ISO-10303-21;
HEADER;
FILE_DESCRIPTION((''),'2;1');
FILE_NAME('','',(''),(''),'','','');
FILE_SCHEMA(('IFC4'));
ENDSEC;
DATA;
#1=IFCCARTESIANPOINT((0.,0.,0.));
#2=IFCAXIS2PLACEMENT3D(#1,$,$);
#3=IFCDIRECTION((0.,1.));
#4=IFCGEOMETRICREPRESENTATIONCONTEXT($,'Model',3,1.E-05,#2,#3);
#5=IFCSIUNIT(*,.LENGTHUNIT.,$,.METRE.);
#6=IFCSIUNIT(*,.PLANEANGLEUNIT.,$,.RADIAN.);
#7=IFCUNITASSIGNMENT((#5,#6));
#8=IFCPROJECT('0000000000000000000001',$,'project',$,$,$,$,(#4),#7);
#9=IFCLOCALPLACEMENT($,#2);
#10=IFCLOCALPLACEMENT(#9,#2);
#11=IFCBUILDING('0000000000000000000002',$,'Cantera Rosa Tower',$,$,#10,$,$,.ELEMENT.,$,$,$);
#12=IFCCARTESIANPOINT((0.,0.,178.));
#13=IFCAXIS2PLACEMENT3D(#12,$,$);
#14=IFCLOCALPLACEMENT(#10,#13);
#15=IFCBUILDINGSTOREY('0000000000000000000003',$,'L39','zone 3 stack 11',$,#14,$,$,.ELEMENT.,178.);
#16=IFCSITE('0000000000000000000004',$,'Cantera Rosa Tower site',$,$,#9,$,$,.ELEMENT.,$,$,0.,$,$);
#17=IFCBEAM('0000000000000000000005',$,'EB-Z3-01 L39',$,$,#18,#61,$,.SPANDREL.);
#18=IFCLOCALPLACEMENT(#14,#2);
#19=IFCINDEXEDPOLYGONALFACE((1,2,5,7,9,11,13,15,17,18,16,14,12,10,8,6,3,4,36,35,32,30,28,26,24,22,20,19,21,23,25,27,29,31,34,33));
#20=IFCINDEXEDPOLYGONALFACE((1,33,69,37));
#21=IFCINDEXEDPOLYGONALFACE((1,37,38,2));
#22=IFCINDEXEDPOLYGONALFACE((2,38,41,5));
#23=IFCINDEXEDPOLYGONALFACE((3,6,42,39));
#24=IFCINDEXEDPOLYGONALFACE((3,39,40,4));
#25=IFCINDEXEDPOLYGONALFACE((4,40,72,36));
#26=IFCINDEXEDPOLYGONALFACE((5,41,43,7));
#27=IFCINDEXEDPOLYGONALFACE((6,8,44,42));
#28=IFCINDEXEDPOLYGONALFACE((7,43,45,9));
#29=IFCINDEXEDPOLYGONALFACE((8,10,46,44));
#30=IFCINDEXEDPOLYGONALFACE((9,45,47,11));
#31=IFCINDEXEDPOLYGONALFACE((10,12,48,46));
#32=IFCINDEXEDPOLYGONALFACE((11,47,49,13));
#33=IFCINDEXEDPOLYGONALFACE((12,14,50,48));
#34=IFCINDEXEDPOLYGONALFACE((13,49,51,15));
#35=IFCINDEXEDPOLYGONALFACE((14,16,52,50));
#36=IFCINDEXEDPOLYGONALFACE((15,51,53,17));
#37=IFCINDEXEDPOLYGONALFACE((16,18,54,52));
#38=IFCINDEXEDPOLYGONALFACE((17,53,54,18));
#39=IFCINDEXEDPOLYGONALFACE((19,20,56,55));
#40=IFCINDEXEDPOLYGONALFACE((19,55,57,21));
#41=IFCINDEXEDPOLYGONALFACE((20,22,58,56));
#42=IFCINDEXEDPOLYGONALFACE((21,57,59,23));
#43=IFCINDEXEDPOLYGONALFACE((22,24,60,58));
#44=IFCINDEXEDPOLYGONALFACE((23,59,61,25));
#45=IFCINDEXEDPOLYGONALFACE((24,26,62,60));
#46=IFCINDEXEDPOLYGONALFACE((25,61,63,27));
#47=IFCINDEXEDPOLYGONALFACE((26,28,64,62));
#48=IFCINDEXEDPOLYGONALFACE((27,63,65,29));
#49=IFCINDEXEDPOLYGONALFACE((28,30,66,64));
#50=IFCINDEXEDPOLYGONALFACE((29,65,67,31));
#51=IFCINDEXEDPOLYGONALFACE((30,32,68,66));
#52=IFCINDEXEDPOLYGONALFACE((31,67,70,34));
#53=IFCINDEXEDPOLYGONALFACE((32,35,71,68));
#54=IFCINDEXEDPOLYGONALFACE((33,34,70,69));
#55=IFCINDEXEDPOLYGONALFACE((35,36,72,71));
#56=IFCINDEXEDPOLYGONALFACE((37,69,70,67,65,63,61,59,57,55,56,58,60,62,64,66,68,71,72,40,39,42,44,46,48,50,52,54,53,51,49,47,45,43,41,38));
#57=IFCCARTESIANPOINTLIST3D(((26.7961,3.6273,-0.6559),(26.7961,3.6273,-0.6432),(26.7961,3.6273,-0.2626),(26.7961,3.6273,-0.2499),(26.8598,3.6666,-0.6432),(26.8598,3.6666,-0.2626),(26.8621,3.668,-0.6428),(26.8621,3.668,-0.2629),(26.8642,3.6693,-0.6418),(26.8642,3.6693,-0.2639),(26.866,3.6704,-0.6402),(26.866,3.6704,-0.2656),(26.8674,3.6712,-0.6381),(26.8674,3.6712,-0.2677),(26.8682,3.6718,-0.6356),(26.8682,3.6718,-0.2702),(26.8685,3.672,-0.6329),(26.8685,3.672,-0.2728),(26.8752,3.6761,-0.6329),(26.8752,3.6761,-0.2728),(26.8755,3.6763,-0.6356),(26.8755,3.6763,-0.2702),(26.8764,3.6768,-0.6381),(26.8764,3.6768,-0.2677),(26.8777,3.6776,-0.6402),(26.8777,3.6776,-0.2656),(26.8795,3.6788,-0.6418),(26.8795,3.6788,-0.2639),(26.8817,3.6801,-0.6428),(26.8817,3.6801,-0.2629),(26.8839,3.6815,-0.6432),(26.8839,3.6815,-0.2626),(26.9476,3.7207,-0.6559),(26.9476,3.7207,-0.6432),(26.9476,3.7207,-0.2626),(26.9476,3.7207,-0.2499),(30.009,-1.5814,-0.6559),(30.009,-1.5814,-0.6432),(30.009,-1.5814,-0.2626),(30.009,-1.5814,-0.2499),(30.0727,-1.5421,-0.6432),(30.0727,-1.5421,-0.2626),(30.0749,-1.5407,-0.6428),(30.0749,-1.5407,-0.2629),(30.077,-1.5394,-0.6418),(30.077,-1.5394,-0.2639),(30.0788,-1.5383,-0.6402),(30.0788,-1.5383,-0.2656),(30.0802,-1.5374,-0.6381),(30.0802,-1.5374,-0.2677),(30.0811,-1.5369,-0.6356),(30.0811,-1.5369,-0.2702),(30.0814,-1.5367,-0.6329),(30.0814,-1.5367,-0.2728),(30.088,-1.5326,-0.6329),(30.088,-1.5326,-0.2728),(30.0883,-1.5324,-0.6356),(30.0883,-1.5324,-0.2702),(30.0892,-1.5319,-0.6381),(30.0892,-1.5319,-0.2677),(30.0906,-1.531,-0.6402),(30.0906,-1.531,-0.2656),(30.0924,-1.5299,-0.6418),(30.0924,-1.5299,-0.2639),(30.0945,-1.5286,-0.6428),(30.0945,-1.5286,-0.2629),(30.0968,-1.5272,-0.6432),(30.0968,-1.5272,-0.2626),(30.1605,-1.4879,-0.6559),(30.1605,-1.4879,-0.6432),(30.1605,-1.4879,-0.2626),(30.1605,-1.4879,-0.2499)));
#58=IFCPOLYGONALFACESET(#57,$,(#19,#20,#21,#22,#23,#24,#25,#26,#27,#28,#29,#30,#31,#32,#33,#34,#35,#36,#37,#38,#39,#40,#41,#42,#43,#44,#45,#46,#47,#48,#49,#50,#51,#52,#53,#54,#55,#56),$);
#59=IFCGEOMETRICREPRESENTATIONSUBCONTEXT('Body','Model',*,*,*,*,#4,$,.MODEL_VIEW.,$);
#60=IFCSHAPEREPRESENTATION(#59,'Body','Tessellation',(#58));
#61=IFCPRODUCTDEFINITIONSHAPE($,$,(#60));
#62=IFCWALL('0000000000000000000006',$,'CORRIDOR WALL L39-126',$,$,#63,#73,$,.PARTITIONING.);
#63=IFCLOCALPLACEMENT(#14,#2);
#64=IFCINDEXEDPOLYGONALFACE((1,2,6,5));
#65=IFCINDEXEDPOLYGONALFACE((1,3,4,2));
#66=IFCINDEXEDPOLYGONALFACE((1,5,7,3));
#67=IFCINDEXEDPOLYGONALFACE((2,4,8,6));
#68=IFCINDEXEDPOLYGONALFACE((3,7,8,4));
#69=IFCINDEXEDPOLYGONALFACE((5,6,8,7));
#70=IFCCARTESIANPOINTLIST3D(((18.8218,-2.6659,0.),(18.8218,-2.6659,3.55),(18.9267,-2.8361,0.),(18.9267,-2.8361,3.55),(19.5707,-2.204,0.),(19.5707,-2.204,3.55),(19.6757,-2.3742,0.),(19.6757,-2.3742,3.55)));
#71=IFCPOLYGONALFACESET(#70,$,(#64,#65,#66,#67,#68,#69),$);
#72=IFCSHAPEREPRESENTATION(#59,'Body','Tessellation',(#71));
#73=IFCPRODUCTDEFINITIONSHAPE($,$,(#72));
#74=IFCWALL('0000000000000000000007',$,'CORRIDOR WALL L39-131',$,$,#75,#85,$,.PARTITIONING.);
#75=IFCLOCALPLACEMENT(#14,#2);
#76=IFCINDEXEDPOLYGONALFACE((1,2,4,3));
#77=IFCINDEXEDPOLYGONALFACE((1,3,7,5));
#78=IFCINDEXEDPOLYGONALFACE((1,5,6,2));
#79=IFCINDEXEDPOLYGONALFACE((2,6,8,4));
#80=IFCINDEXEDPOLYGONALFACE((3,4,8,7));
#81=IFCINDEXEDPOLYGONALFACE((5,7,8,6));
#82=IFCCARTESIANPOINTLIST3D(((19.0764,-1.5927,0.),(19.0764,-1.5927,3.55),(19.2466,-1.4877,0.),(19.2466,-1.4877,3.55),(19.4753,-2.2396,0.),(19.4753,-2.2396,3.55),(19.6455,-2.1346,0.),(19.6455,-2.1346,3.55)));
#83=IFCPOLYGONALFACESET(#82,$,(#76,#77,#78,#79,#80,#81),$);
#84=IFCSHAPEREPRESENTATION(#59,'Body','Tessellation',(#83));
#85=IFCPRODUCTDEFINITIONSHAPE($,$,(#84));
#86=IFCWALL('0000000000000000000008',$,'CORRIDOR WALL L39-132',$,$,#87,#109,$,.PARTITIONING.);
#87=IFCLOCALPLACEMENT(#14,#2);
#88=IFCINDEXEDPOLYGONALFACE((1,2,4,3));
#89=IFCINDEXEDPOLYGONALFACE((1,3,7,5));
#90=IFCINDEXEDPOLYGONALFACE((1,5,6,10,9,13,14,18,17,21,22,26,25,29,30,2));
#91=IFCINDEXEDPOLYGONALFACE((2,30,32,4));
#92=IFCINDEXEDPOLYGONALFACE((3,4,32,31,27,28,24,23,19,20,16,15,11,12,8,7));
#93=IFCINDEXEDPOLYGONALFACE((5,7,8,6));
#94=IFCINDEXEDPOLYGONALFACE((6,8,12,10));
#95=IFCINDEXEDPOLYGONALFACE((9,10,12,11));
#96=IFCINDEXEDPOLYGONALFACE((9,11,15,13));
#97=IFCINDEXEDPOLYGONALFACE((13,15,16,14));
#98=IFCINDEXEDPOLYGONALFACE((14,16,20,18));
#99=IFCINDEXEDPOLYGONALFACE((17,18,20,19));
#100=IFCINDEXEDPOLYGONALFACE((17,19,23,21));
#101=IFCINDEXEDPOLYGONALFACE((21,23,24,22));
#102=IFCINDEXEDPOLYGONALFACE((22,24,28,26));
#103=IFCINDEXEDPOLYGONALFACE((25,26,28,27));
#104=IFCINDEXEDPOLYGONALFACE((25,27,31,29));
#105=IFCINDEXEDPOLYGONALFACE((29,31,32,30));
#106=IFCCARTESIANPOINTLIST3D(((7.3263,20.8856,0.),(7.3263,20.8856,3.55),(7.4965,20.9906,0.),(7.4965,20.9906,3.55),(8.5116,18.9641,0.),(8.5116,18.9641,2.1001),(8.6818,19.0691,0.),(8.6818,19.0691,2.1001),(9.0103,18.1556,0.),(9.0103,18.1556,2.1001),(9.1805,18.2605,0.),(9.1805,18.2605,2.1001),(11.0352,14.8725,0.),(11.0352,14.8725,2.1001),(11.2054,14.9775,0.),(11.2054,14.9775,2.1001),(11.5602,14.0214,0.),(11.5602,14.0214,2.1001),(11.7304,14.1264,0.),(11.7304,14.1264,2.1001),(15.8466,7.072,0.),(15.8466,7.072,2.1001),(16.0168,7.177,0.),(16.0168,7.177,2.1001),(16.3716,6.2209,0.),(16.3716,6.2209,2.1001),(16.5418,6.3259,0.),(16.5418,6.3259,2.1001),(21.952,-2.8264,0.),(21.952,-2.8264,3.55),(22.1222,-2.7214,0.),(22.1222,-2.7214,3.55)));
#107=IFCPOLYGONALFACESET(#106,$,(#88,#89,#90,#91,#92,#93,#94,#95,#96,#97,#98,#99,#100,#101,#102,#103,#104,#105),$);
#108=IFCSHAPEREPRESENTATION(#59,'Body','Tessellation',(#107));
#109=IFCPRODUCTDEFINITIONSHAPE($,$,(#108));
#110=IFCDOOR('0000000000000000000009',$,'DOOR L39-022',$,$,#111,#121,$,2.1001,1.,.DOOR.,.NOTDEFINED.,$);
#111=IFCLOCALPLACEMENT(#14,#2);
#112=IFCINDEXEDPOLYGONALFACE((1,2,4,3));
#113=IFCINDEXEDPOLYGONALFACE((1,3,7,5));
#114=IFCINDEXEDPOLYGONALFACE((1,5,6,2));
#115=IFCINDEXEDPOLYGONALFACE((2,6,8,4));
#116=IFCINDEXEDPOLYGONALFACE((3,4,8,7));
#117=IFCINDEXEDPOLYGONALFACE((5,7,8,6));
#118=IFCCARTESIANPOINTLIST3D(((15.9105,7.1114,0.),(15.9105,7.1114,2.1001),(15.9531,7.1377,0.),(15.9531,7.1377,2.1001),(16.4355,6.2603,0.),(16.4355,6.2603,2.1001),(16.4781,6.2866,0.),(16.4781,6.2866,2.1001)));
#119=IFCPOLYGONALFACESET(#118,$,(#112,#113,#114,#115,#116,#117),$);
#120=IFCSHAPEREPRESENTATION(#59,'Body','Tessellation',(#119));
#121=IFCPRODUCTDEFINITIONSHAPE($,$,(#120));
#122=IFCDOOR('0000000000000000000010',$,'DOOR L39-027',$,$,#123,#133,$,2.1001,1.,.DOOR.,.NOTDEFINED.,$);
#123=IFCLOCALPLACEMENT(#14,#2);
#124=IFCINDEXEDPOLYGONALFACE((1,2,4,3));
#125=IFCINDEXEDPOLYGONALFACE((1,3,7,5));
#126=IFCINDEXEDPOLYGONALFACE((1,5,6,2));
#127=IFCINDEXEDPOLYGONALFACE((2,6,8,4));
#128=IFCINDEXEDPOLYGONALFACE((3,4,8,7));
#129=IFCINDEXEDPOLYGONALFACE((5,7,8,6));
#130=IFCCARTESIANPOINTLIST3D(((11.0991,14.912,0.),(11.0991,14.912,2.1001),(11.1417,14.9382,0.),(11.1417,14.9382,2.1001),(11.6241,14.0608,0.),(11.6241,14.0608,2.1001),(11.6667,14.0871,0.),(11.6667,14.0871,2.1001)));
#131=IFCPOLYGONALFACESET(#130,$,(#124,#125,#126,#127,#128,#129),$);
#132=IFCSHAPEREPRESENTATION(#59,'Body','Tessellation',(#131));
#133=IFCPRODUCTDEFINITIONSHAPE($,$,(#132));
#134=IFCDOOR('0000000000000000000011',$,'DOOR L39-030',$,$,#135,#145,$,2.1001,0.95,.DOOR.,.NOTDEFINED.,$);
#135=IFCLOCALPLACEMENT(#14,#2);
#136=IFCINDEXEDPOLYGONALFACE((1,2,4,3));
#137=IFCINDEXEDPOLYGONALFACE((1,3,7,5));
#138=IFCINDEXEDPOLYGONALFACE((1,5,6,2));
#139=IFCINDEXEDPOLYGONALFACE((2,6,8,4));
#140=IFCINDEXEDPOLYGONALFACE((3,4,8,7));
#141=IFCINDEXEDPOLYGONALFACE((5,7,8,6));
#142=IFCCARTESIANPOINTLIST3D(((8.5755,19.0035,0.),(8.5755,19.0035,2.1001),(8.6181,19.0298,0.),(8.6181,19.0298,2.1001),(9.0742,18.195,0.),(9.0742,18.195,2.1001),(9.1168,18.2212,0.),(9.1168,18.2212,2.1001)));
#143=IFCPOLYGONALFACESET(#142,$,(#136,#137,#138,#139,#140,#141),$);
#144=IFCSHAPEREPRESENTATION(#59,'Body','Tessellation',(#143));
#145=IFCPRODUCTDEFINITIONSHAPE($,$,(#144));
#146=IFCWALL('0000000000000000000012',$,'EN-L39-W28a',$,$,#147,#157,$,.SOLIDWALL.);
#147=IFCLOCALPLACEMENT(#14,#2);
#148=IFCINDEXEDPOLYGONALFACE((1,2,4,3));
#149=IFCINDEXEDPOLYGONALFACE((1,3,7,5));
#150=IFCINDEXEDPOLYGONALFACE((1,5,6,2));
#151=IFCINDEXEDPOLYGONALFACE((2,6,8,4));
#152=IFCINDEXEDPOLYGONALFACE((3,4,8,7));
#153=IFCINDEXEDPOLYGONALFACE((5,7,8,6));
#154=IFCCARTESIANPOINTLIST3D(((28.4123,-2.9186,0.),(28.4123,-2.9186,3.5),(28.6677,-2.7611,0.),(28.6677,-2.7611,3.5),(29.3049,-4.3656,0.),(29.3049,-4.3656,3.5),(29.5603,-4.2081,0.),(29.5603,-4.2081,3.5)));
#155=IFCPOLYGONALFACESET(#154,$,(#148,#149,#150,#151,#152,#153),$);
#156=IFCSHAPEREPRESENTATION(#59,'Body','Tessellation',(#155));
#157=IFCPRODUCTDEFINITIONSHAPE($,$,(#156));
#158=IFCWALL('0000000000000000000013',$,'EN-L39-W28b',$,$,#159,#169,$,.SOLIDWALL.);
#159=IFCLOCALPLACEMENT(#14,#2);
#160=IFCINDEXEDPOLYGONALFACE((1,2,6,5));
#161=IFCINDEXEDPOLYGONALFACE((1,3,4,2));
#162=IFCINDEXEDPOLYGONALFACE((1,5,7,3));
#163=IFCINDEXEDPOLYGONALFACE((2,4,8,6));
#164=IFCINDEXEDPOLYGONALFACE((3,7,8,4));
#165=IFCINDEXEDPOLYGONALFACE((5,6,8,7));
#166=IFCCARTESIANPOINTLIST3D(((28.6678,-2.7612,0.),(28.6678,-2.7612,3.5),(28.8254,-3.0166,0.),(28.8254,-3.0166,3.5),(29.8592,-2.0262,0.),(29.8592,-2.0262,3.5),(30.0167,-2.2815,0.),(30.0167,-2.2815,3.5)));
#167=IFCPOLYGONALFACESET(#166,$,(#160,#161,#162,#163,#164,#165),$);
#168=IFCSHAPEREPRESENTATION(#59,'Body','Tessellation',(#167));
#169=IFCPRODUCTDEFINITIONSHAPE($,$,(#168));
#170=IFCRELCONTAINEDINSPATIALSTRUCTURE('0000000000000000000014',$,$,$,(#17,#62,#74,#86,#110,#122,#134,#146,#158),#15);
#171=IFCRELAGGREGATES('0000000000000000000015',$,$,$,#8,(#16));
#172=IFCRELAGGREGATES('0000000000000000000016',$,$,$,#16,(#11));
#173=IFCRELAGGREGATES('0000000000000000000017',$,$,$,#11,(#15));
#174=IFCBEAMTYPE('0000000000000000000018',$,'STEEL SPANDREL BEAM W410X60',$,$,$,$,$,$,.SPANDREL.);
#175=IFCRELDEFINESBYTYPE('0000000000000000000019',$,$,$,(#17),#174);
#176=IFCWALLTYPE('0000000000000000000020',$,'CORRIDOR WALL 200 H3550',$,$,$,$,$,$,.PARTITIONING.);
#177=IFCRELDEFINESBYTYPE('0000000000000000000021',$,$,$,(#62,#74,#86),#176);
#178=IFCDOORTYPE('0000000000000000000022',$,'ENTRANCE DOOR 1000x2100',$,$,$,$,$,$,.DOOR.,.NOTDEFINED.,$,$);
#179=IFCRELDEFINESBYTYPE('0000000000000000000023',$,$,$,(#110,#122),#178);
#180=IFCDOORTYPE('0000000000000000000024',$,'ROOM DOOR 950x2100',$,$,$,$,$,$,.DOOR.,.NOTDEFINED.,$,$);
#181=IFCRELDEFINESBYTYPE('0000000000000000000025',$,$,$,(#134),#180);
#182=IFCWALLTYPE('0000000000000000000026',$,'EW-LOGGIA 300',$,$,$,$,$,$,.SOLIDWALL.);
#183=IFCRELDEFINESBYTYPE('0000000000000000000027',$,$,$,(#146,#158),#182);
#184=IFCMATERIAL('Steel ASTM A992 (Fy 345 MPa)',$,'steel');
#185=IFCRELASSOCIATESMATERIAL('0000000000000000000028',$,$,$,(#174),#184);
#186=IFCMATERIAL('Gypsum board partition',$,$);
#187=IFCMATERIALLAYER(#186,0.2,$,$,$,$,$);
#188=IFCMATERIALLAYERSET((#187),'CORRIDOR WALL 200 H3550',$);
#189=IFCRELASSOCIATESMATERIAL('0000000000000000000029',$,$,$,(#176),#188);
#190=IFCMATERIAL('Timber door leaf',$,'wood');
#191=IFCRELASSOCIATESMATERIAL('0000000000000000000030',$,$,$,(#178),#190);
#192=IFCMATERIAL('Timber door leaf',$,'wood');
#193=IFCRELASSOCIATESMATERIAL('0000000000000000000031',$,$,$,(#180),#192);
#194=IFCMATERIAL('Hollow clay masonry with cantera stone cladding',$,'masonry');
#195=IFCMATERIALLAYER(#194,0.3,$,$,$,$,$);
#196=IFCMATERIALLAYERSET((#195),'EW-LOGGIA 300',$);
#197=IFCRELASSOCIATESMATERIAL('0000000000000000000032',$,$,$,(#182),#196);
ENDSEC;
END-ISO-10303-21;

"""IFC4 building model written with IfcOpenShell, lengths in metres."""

from ifc_helpers import new_model, si_unit, direction, frame, frame_2d, origin, origin_2d, place, context, subcontext, project, spatial, rectangle, i_section, extrude, material, layer, layer_set, material_profile, profile_set, type_object, element, fill, save


model = new_model("IFC4")

# Units and contexts
model_context = context("Model", 3, precision=1e-05, world=origin(), true_north=direction((0.0, 1.0)))
body_context = subcontext(model_context, "Body", "Model", "MODEL_VIEW")
ifc_project = project(units=[si_unit("LENGTHUNIT", "METRE"), si_unit("PLANEANGLEUNIT", "RADIAN")], contexts=[model_context])

# Site, building, storey
site_placement = place(None, origin())
site = spatial("IfcSite", under=ifc_project, at=site_placement, Name="Cantera Rosa Tower site", CompositionType="ELEMENT", RefElevation=0.0)
building_placement = place(site_placement, origin())
building = spatial("IfcBuilding", under=site, at=building_placement, Name="Cantera Rosa Tower", CompositionType="ELEMENT")
storey_placement = place(building_placement, frame((0.0, 0.0, 178.0)))
storey = spatial("IfcBuildingStorey", under=building, at=storey_placement, Name="L39", Description="zone 3 stack 11", CompositionType="ELEMENT", Elevation=178.0)

# Beam
ifc_material_1 = material(Name="Steel ASTM A992 (Fy 345 MPa)", Category="steel")
ifc_material_profile_1 = material_profile(ifc_material_1, i_section(OverallWidth=0.178, OverallDepth=0.406, WebThickness=0.0078, FlangeThickness=0.0127, FilletRadius=0.0103, at=origin_2d()), Name="W410X60")
ifc_profile_set_1 = profile_set([ifc_material_profile_1], Name="Steel ASTM A992 (Fy 345 MPa)")
beam_type_1 = type_object("IfcBeamType", Name="STEEL SPANDREL BEAM W410X60", PredefinedType="SPANDREL", material=ifc_profile_set_1)
beam_1_placement = place(storey_placement, frame((30.0847, -1.5347, -0.4529), z_axis=(-0.524987, 0.85111, 0.0), x_axis=(-0.85111, -0.524987, 0.0)))
element("IfcBeam", 1, at=beam_1_placement, inside=storey, type_object=beam_type_1, Name="EB-Z3-01 L39", PredefinedType="SPANDREL", context=body_context, shape_type="SweptSolid", body=[
    extrude(i_section(OverallWidth=0.178, OverallDepth=0.406, WebThickness=0.0078, FlangeThickness=0.0127, FilletRadius=0.0103, at=origin_2d()), origin(), (0.0, 0.0, 1.0), 6.1199),
])

# Walls
ifc_material_2 = material(Name="Gypsum board partition")
ifc_layer_1 = layer(ifc_material_2, 0.2)
ifc_layer_set_1 = layer_set([ifc_layer_1], Name="CORRIDOR WALL 200 H3550")
wall_type_1 = type_object("IfcWallType", Name="CORRIDOR WALL 200 H3550", PredefinedType="PARTITIONING", material=ifc_layer_set_1)
wall_1_placement = place(storey_placement, frame((18.8743, -2.751, 0.0), z_axis=(0.0, 0.0, 1.0), x_axis=(0.851163, 0.524902, 0.0)))
element("IfcWall", 2, at=wall_1_placement, inside=storey, type_object=wall_type_1, Name="CORRIDOR WALL L39-126", PredefinedType="PARTITIONING", context=body_context, shape_type="SweptSolid", body=[
    extrude(rectangle(XDim=0.8799, YDim=0.2, at=frame_2d((0.4399, 0.0))), origin(), (0.0, 0.0, 1.0), 3.55),
])
wall_2_placement = place(storey_placement, frame((19.5603, -2.187, 0.0), z_axis=(0.0, 0.0, 1.0), x_axis=(-0.52485, 0.851195, 0.0)))
element("IfcWall", 3, at=wall_2_placement, inside=storey, type_object=wall_type_1, Name="CORRIDOR WALL L39-131", PredefinedType="PARTITIONING", context=body_context, shape_type="SweptSolid", body=[
    extrude(rectangle(XDim=0.76, YDim=0.2, at=frame_2d((0.3799, 0.0))), origin(), (0.0, 0.0, 1.0), 3.55),
])

# Wall, openings, doors
wall_3_placement = place(storey_placement, frame((22.0371, -2.7739, 0.0), z_axis=(0.0, 0.0, 1.0), x_axis=(-0.524973, 0.851119, 0.0)))
wall_3 = element("IfcWall", 4, at=wall_3_placement, inside=storey, type_object=wall_type_1, Name="CORRIDOR WALL L39-132", PredefinedType="PARTITIONING", context=body_context, shape_type="SweptSolid", body=[
    extrude(rectangle(XDim=27.8599, YDim=0.2, at=frame_2d((13.9299, 0.0))), origin(), (0.0, 0.0, 1.0), 3.55),
])
opening_1_placement = place(wall_3_placement, frame((10.6299, 0.0, 0.0)))
opening_1 = element("IfcOpeningElement", 5, at=opening_1_placement, cuts=wall_3, PredefinedType="OPENING", context=body_context, shape_type="SweptSolid", body=[
    extrude(rectangle(XDim=1.0, YDim=2.1001, at=frame_2d((0.5, 1.05))), frame((0.0, 0.1099, 0.0), z_axis=(0.0, -1.0, 0.0), x_axis=(1.0, 0.0, 0.0)), (0.0, 0.0, 1.0), 0.22),
])
opening_2_placement = place(wall_3_placement, frame((19.7949, 0.0, 0.0)))
opening_2 = element("IfcOpeningElement", 6, at=opening_2_placement, cuts=wall_3, PredefinedType="OPENING", context=body_context, shape_type="SweptSolid", body=[
    extrude(rectangle(XDim=1.0, YDim=2.1001, at=frame_2d((0.5, 1.05))), frame((0.0, 0.1099, 0.0), z_axis=(0.0, -1.0, 0.0), x_axis=(1.0, 0.0, 0.0)), (0.0, 0.0, 1.0), 0.22),
])
opening_3_placement = place(wall_3_placement, frame((24.6521, 0.0, 0.0)))
opening_3 = element("IfcOpeningElement", 7, at=opening_3_placement, cuts=wall_3, PredefinedType="OPENING", context=body_context, shape_type="SweptSolid", body=[
    extrude(rectangle(XDim=0.95, YDim=2.1001, at=frame_2d((0.4751, 1.05))), frame((0.0, 0.1099, 0.0), z_axis=(0.0, -1.0, 0.0), x_axis=(1.0, 0.0, 0.0)), (0.0, 0.0, 1.0), 0.22),
])
ifc_material_3 = material(Name="Timber door leaf", Category="wood")
door_type_1 = type_object("IfcDoorType", Name="ENTRANCE DOOR 1000x2100", OperationType="NOTDEFINED", PredefinedType="DOOR", material=ifc_material_3)
door_1_placement = place(opening_1_placement, origin())
door_1 = element("IfcDoor", 8, at=door_1_placement, inside=storey, type_object=door_type_1, Name="DOOR L39-022", OperationType="NOTDEFINED", OverallHeight=2.1001, OverallWidth=1.0, PredefinedType="DOOR", context=body_context, shape_type="SweptSolid", body=[
    extrude(rectangle(XDim=1.0, YDim=2.1001, at=frame_2d((0.5, 1.05))), frame((0.0, 0.0249, 0.0), z_axis=(0.0, -1.0, 0.0), x_axis=(1.0, 0.0, 0.0)), (0.0, 0.0, 1.0), 0.05),
])
fill(opening_1, door_1)
door_2_placement = place(opening_2_placement, origin())
door_2 = element("IfcDoor", 9, at=door_2_placement, inside=storey, type_object=door_type_1, Name="DOOR L39-027", OperationType="NOTDEFINED", OverallHeight=2.1001, OverallWidth=1.0, PredefinedType="DOOR", context=body_context, shape_type="SweptSolid", body=[
    extrude(rectangle(XDim=1.0, YDim=2.1001, at=frame_2d((0.5, 1.05))), frame((0.0, 0.0249, 0.0), z_axis=(0.0, -1.0, 0.0), x_axis=(1.0, 0.0, 0.0)), (0.0, 0.0, 1.0), 0.05),
])
fill(opening_2, door_2)
ifc_material_4 = material(Name="Timber door leaf", Category="wood")
door_type_2 = type_object("IfcDoorType", Name="ROOM DOOR 950x2100", OperationType="NOTDEFINED", PredefinedType="DOOR", material=ifc_material_4)
door_3_placement = place(opening_3_placement, origin())
door_3 = element("IfcDoor", 10, at=door_3_placement, inside=storey, type_object=door_type_2, Name="DOOR L39-030", OperationType="NOTDEFINED", OverallHeight=2.1001, OverallWidth=0.95, PredefinedType="DOOR", context=body_context, shape_type="SweptSolid", body=[
    extrude(rectangle(XDim=0.95, YDim=2.1001, at=frame_2d((0.4751, 1.05))), frame((0.0, 0.0249, 0.0), z_axis=(0.0, -1.0, 0.0), x_axis=(1.0, 0.0, 0.0)), (0.0, 0.0, 1.0), 0.05),
])
fill(opening_3, door_3)

# Walls
ifc_material_5 = material(Name="Hollow clay masonry with cantera stone cladding", Category="masonry")
ifc_layer_2 = layer(ifc_material_5, 0.3)
ifc_layer_set_2 = layer_set([ifc_layer_2], Name="EW-LOGGIA 300")
wall_type_2 = type_object("IfcWallType", Name="EW-LOGGIA 300", PredefinedType="SOLIDWALL", material=ifc_layer_set_2)
wall_4_placement = place(storey_placement, frame((29.4326, -4.2869, 0.0), z_axis=(0.0, 0.0, 1.0), x_axis=(-0.524994, 0.851106, 0.0)))
element("IfcWall", 11, at=wall_4_placement, inside=storey, type_object=wall_type_2, Name="EN-L39-W28a", PredefinedType="SOLIDWALL", context=body_context, shape_type="SweptSolid", body=[
    extrude(rectangle(XDim=1.7002, YDim=0.3, at=frame_2d((0.8501, 0.0))), origin(), (0.0, 0.0, 1.0), 3.5),
])
wall_5_placement = place(storey_placement, frame((28.7466, -2.8889, 0.0), z_axis=(0.0, 0.0, 1.0), x_axis=(0.851041, 0.525099, 0.0)))
element("IfcWall", 12, at=wall_5_placement, inside=storey, type_object=wall_type_2, Name="EN-L39-W28b", PredefinedType="SOLIDWALL", context=body_context, shape_type="SweptSolid", body=[
    extrude(rectangle(XDim=1.3999, YDim=0.3, at=frame_2d((0.7, 0.0))), origin(), (0.0, 0.0, 1.0), 3.5),
])

save(model, "model.ifc")
